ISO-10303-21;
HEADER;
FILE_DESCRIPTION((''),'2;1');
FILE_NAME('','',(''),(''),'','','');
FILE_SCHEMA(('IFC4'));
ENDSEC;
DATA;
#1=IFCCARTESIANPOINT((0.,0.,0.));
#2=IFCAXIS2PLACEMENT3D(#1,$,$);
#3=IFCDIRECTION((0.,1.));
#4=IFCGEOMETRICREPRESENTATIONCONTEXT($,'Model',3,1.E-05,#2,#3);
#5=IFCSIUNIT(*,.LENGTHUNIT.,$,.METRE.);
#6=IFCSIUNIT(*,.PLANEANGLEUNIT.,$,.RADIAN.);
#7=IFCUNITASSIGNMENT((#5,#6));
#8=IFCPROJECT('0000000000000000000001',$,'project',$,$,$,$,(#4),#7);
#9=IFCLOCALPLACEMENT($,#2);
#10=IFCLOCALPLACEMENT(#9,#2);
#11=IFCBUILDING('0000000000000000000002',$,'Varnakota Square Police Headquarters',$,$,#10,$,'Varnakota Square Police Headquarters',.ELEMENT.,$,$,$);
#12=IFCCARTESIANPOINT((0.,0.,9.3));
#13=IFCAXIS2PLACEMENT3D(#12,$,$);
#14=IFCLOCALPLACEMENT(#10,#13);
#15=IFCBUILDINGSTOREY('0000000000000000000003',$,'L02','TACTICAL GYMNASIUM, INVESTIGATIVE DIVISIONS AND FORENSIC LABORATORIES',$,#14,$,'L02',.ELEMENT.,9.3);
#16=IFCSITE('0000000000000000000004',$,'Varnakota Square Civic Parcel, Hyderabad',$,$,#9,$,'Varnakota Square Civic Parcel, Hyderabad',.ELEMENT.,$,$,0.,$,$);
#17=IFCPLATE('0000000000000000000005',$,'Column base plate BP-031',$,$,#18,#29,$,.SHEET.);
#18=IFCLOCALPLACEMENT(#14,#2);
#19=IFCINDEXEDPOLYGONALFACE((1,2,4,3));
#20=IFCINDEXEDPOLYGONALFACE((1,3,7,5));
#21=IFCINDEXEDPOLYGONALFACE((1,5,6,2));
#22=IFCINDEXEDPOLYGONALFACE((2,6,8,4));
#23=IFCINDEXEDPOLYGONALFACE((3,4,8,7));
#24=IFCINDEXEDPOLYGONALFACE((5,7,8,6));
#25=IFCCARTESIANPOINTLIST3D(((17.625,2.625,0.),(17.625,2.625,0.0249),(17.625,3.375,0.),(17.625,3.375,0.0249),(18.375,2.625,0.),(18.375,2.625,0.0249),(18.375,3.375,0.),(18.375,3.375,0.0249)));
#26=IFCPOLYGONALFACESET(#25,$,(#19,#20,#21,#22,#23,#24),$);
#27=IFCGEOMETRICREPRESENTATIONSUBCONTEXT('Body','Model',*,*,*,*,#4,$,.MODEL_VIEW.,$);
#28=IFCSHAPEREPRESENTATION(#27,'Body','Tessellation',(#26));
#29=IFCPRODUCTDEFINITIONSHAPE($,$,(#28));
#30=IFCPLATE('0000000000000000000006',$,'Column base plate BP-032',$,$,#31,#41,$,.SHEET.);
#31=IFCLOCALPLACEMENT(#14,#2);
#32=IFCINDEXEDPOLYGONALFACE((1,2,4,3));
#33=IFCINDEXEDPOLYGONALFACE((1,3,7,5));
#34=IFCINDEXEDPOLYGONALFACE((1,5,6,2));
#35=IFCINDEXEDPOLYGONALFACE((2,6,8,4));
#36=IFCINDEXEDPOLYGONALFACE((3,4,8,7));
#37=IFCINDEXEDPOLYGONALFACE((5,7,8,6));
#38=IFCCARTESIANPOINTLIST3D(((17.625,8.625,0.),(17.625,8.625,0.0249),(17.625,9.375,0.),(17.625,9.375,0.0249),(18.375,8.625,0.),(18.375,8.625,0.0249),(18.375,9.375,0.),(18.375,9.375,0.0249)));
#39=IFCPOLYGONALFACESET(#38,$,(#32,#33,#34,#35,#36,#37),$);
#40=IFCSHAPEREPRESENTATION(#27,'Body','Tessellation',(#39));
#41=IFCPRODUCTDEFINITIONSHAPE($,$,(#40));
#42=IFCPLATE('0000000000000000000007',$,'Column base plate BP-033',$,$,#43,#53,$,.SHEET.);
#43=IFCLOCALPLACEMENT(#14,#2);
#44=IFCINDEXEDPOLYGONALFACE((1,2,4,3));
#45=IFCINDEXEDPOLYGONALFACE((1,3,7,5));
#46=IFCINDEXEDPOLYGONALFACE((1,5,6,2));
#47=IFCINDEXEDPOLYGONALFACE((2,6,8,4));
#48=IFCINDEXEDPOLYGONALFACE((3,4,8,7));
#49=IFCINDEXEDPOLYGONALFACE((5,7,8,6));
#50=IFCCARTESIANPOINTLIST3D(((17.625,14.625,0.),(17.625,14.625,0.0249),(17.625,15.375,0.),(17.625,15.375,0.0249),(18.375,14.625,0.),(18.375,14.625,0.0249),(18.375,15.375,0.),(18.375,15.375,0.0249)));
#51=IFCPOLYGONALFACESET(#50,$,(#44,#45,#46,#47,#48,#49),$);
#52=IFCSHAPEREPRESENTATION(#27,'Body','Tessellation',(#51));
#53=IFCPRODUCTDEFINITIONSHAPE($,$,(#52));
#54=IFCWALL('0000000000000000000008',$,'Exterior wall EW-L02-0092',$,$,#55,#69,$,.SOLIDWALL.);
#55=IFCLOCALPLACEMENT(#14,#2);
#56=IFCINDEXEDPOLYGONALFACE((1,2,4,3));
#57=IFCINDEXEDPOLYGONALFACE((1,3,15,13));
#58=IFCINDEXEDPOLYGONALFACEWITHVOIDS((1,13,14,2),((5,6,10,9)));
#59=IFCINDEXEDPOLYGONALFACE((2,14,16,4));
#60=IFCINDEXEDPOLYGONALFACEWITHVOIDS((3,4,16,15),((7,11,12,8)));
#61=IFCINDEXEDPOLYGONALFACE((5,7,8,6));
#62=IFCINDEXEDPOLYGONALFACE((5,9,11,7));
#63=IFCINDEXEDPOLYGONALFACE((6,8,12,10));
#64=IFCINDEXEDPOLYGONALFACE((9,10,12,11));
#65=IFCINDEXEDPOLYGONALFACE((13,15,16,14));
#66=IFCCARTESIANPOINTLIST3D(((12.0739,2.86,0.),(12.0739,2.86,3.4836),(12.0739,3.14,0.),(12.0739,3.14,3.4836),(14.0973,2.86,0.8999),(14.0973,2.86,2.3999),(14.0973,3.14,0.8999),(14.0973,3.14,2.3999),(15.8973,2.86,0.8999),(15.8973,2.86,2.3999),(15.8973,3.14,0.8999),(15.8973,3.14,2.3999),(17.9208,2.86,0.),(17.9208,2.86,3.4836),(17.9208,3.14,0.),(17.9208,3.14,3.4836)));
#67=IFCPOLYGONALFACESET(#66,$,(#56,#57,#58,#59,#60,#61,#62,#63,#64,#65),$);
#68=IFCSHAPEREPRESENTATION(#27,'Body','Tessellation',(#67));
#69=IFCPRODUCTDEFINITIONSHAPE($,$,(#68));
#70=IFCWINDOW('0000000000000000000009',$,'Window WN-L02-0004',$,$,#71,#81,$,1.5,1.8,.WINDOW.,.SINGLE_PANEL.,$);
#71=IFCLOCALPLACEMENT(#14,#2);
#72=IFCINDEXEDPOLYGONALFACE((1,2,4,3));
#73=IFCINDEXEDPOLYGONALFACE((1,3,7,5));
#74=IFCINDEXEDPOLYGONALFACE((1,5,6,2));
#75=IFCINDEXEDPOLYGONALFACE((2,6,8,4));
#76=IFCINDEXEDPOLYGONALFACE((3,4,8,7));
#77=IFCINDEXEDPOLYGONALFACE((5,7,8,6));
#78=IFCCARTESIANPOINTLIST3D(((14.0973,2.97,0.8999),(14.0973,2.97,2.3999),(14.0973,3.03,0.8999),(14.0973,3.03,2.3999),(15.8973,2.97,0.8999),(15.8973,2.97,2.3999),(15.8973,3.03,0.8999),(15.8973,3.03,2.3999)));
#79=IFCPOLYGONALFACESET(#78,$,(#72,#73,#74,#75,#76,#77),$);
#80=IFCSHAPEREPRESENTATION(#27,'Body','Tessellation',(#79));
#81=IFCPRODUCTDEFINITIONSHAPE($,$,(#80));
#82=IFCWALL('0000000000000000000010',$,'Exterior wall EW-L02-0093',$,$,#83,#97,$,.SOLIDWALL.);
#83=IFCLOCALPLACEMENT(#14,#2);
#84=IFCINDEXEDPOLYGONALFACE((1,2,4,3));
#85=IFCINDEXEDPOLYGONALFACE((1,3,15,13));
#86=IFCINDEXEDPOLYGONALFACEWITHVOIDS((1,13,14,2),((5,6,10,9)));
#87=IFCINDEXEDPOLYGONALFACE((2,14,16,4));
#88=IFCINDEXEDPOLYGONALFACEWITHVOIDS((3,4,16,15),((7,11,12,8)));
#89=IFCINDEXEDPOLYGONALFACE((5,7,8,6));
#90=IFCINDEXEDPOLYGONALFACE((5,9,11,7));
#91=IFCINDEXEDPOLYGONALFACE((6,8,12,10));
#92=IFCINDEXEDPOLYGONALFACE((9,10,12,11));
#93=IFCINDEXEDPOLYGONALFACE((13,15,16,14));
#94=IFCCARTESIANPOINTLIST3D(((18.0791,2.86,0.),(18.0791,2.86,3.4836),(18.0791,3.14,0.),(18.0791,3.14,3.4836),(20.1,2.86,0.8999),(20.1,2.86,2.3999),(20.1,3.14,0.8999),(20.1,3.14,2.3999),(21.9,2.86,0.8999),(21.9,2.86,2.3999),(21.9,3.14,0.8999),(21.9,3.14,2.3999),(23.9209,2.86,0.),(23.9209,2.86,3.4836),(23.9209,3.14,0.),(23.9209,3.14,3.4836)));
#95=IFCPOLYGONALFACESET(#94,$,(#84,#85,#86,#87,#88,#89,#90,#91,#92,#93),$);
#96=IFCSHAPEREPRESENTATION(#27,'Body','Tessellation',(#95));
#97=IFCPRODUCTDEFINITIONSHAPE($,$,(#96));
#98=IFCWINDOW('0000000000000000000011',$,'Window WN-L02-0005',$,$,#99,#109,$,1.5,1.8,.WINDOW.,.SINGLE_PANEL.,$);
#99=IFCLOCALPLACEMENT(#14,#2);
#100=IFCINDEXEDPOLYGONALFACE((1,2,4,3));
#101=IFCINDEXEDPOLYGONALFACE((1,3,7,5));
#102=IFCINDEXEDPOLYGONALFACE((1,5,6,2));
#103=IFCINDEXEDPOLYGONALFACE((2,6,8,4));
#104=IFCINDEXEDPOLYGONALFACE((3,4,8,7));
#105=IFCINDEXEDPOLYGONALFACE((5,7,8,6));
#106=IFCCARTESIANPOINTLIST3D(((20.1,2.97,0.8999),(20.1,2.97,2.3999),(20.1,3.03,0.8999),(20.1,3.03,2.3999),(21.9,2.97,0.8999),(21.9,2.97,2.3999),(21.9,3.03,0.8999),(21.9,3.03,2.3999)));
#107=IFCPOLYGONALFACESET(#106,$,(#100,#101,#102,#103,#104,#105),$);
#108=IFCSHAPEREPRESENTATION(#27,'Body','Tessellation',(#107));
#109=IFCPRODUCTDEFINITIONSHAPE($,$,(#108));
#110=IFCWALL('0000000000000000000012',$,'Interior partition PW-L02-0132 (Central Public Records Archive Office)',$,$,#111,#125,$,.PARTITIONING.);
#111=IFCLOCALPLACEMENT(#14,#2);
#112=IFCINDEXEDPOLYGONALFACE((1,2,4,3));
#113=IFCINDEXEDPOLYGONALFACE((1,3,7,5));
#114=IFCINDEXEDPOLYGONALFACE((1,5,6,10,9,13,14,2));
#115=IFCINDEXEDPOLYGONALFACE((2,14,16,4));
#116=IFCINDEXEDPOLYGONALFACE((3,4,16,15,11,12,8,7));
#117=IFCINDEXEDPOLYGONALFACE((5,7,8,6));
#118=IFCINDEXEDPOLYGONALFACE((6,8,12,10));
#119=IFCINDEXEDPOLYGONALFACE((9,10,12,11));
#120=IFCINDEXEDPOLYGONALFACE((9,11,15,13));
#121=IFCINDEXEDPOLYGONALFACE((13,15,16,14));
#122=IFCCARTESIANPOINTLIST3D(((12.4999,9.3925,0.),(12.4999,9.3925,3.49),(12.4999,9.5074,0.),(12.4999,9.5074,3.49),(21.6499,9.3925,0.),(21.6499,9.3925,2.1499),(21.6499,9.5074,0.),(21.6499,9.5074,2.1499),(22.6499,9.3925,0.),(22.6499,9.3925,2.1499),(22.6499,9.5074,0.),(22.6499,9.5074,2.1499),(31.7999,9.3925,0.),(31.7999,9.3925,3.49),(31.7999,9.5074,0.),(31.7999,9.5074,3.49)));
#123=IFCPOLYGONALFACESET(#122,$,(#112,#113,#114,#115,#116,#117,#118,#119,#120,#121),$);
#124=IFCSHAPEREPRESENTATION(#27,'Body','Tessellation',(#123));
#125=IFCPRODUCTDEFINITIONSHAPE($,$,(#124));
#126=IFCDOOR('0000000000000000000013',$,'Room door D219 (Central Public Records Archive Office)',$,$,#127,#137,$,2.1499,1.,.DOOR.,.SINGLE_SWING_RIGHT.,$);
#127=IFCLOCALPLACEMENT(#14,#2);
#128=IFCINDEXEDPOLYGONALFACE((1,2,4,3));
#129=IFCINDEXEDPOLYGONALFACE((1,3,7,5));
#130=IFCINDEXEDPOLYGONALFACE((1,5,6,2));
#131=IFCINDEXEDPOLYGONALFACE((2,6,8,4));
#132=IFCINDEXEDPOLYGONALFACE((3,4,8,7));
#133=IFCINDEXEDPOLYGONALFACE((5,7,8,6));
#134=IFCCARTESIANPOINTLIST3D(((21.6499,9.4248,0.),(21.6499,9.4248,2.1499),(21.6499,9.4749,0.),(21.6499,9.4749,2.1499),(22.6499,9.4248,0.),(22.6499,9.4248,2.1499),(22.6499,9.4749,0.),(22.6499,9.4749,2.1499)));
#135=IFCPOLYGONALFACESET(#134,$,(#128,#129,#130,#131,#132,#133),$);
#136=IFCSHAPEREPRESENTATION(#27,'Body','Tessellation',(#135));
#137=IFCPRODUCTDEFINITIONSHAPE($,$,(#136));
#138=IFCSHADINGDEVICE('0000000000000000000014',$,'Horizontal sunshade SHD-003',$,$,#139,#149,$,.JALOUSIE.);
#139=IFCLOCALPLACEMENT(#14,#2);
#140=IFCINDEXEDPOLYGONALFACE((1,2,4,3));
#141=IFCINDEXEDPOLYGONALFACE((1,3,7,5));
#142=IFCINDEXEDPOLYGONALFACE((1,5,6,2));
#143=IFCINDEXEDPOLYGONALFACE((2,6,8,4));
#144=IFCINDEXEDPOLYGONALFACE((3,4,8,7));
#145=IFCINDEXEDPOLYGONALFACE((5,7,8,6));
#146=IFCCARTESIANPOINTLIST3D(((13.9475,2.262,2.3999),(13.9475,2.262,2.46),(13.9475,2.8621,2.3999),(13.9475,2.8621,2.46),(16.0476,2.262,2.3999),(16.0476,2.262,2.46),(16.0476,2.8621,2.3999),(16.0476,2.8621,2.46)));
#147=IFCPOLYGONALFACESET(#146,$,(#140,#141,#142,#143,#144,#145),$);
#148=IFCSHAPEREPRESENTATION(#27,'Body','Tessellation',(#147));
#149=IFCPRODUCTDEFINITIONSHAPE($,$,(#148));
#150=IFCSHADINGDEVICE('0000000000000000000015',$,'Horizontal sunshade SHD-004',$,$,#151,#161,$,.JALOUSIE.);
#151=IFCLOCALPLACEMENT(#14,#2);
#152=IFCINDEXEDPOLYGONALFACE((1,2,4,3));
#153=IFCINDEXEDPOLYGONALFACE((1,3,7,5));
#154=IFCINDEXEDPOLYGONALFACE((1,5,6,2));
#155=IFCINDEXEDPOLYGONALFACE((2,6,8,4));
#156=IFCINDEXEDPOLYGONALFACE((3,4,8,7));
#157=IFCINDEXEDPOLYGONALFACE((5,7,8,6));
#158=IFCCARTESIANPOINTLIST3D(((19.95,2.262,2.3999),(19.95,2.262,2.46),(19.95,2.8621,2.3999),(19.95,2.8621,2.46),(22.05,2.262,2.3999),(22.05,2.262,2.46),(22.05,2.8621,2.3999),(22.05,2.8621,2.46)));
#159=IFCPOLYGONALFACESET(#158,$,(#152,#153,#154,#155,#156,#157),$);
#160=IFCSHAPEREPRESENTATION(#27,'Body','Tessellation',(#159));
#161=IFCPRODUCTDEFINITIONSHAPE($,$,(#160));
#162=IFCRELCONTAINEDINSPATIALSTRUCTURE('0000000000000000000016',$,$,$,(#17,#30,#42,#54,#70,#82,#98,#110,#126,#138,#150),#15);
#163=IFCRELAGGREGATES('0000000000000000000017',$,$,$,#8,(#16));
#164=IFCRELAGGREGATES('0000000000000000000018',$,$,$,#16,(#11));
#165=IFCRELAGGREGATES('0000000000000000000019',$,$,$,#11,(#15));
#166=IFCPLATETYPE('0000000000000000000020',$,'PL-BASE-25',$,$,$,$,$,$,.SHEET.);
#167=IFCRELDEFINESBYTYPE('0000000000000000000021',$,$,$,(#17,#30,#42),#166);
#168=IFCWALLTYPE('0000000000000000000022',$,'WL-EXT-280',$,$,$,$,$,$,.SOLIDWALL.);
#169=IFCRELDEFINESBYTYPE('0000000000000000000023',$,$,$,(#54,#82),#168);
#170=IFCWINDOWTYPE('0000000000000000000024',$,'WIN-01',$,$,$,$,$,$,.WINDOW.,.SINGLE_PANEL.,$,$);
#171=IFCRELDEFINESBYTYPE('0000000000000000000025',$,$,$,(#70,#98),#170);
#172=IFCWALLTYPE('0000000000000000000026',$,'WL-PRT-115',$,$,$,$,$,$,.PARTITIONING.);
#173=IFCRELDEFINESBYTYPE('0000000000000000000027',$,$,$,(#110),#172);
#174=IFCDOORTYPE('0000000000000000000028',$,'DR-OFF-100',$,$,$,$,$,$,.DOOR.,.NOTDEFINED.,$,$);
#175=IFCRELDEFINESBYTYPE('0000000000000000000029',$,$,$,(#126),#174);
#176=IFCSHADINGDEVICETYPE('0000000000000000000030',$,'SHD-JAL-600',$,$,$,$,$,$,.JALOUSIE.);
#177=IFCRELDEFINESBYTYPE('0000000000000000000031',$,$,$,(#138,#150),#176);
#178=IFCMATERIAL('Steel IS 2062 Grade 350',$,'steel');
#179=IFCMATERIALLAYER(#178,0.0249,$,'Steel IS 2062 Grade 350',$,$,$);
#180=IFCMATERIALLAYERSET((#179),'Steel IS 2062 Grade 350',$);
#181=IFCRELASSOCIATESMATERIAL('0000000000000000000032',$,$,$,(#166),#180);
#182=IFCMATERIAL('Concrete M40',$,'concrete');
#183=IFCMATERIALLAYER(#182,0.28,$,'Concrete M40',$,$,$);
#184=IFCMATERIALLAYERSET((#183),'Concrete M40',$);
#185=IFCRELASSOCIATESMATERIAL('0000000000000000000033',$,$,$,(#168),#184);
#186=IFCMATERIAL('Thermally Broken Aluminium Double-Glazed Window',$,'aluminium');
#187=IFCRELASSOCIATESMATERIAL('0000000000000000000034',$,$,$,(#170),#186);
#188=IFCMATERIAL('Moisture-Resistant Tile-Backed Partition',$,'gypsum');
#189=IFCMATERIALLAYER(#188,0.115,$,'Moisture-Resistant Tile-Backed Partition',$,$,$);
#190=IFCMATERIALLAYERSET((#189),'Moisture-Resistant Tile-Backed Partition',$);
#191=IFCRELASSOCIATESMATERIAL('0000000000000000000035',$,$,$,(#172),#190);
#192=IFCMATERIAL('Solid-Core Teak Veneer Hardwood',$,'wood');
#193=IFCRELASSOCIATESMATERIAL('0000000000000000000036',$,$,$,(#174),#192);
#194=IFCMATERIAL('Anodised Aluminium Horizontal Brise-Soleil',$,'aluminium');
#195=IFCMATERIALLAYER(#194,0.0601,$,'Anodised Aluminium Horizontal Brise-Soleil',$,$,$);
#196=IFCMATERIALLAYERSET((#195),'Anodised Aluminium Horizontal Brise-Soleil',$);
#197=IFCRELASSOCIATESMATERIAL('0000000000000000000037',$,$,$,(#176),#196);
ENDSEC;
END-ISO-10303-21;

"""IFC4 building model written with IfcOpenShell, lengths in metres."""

from ifc_helpers import new_model, si_unit, direction, frame, frame_2d, origin, origin_2d, place, context, subcontext, project, spatial, rectangle, extrude, material, layer, layer_set, type_object, element, fill, save


model = new_model("IFC4")

# Units and contexts
model_context = context("Model", 3, precision=1e-05, world=origin(), true_north=direction((0.0, 1.0)))
body_context = subcontext(model_context, "Body", "Model", "MODEL_VIEW")
ifc_project = project(units=[si_unit("LENGTHUNIT", "METRE"), si_unit("PLANEANGLEUNIT", "RADIAN")], contexts=[model_context])

# Site, building, storey
site_placement = place(None, origin())
site = spatial("IfcSite", under=ifc_project, at=site_placement, Name="Varnakota Square Civic Parcel, Hyderabad", LongName="Varnakota Square Civic Parcel, Hyderabad", CompositionType="ELEMENT", RefElevation=0.0)
building_placement = place(site_placement, origin())
building = spatial("IfcBuilding", under=site, at=building_placement, Name="Varnakota Square Police Headquarters", LongName="Varnakota Square Police Headquarters", CompositionType="ELEMENT")
storey_placement = place(building_placement, frame((0.0, 0.0, 9.3)))
storey = spatial("IfcBuildingStorey", under=building, at=storey_placement, Name="L02", Description="TACTICAL GYMNASIUM, INVESTIGATIVE DIVISIONS AND FORENSIC LABORATORIES", LongName="L02", CompositionType="ELEMENT", Elevation=9.3)

# Shared definitions
ifc_material_1 = material(Name="Steel IS 2062 Grade 350", Category="steel")

# Plates
ifc_layer_1 = layer(ifc_material_1, 0.0249, Name="Steel IS 2062 Grade 350")
ifc_layer_set_1 = layer_set([ifc_layer_1], Name="Steel IS 2062 Grade 350")
plate_type = type_object("IfcPlateType", Name="PL-BASE-25", PredefinedType="SHEET", material=ifc_layer_set_1)
for number, where, z_axis, x_axis, name in (
    (1, (18.0, 3.0, 0.0), (0.0, 0.0, 1.0), (1.0, 0.0, 0.0), "Column base plate BP-031"),
    (2, (18.0, 9.0, 0.0), (0.0, 0.0, 1.0), (1.0, 0.0, 0.0), "Column base plate BP-032"),
    (3, (18.0, 15.0, 0.0), (0.0, 0.0, 1.0), (1.0, 0.0, 0.0), "Column base plate BP-033"),
):
    element("IfcPlate", number, at=place(storey_placement, frame(where, z_axis=z_axis, x_axis=x_axis)), inside=storey, type_object=plate_type, Name=name, PredefinedType="SHEET", context=body_context, shape_type="SweptSolid", body=[
        extrude(rectangle(XDim=0.75, YDim=0.75, at=origin_2d()), origin(), (0.0, 0.0, 1.0), 0.0249),
    ])

# Walls, openings, windows
ifc_material_2 = material(Name="Concrete M40", Category="concrete")
ifc_layer_2 = layer(ifc_material_2, 0.28, Name="Concrete M40")
ifc_layer_set_2 = layer_set([ifc_layer_2], Name="Concrete M40")
wall_type_1 = type_object("IfcWallType", Name="WL-EXT-280", PredefinedType="SOLIDWALL", material=ifc_layer_set_2)
wall_1_placement = place(storey_placement, frame((12.074, 3.0, 0.0), z_axis=(0.0, 0.0, 1.0), x_axis=(1.0, 0.0, 0.0)))
wall_1 = element("IfcWall", 4, at=wall_1_placement, inside=storey, type_object=wall_type_1, Name="Exterior wall EW-L02-0092", PredefinedType="SOLIDWALL", context=body_context, shape_type="SweptSolid", body=[
    extrude(rectangle(XDim=5.8469, YDim=0.28, at=frame_2d((2.9233, 0.0))), origin(), (0.0, 0.0, 1.0), 3.4836),
])
opening_1_placement = place(wall_1_placement, frame((2.0234, 0.0, 0.8999)))
opening_1 = element("IfcOpeningElement", 5, at=opening_1_placement, cuts=wall_1, PredefinedType="OPENING", context=body_context, shape_type="SweptSolid", body=[
    extrude(rectangle(XDim=1.8, YDim=1.5, at=frame_2d((0.8999, 0.75))), frame((0.0, 0.1499, 0.0), z_axis=(0.0, -1.0, 0.0), x_axis=(1.0, 0.0, 0.0)), (0.0, 0.0, 1.0), 0.3),
])
ifc_material_3 = material(Name="Thermally Broken Aluminium Double-Glazed Window", Category="aluminium")
window_type = type_object("IfcWindowType", Name="WIN-01", PartitioningType="SINGLE_PANEL", PredefinedType="WINDOW", material=ifc_material_3)
window_1_placement = place(opening_1_placement, origin())
window_1 = element("IfcWindow", 6, at=window_1_placement, inside=storey, type_object=window_type, Name="Window WN-L02-0004", OverallHeight=1.5, OverallWidth=1.8, PartitioningType="SINGLE_PANEL", PredefinedType="WINDOW", context=body_context, shape_type="SweptSolid", body=[
    extrude(rectangle(XDim=1.8, YDim=1.5, at=frame_2d((0.8999, 0.75))), frame((0.0, 0.03, 0.0), z_axis=(0.0, -1.0, 0.0), x_axis=(1.0, 0.0, 0.0)), (0.0, 0.0, 1.0), 0.0601),
])
fill(opening_1, window_1)
wall_2_placement = place(storey_placement, frame((18.0791, 3.0, 0.0), z_axis=(0.0, 0.0, 1.0), x_axis=(1.0, 0.0, 0.0)))
wall_2 = element("IfcWall", 7, at=wall_2_placement, inside=storey, type_object=wall_type_1, Name="Exterior wall EW-L02-0093", PredefinedType="SOLIDWALL", context=body_context, shape_type="SweptSolid", body=[
    extrude(rectangle(XDim=5.8418, YDim=0.28, at=frame_2d((2.9209, 0.0))), origin(), (0.0, 0.0, 1.0), 3.4836),
])
opening_2_placement = place(wall_2_placement, frame((2.021, 0.0, 0.8999)))
opening_2 = element("IfcOpeningElement", 8, at=opening_2_placement, cuts=wall_2, PredefinedType="OPENING", context=body_context, shape_type="SweptSolid", body=[
    extrude(rectangle(XDim=1.8, YDim=1.5, at=frame_2d((0.8999, 0.75))), frame((0.0, 0.1499, 0.0), z_axis=(0.0, -1.0, 0.0), x_axis=(1.0, 0.0, 0.0)), (0.0, 0.0, 1.0), 0.3),
])
window_2_placement = place(opening_2_placement, origin())
window_2 = element("IfcWindow", 9, at=window_2_placement, inside=storey, type_object=window_type, Name="Window WN-L02-0005", OverallHeight=1.5, OverallWidth=1.8, PartitioningType="SINGLE_PANEL", PredefinedType="WINDOW", context=body_context, shape_type="SweptSolid", body=[
    extrude(rectangle(XDim=1.8, YDim=1.5, at=frame_2d((0.8999, 0.75))), frame((0.0, 0.03, 0.0), z_axis=(0.0, -1.0, 0.0), x_axis=(1.0, 0.0, 0.0)), (0.0, 0.0, 1.0), 0.0601),
])
fill(opening_2, window_2)

# Wall, opening, door
ifc_material_4 = material(Name="Moisture-Resistant Tile-Backed Partition", Category="gypsum")
ifc_layer_3 = layer(ifc_material_4, 0.115, Name="Moisture-Resistant Tile-Backed Partition")
ifc_layer_set_3 = layer_set([ifc_layer_3], Name="Moisture-Resistant Tile-Backed Partition")
wall_type_2 = type_object("IfcWallType", Name="WL-PRT-115", PredefinedType="PARTITIONING", material=ifc_layer_set_3)
wall_3_placement = place(storey_placement, frame((12.5, 9.45, 0.0), z_axis=(0.0, 0.0, 1.0), x_axis=(1.0, 0.0, 0.0)))
wall_3 = element("IfcWall", 10, at=wall_3_placement, inside=storey, type_object=wall_type_2, Name="Interior partition PW-L02-0132 (Central Public Records Archive Office)", PredefinedType="PARTITIONING", context=body_context, shape_type="SweptSolid", body=[
    extrude(rectangle(XDim=19.3, YDim=0.115, at=frame_2d((9.6499, 0.0))), origin(), (0.0, 0.0, 1.0), 3.49),
])
opening_3_placement = place(wall_3_placement, frame((9.1499, 0.0, 0.0)))
opening_3 = element("IfcOpeningElement", 11, at=opening_3_placement, cuts=wall_3, PredefinedType="OPENING", context=body_context, shape_type="SweptSolid", body=[
    extrude(rectangle(XDim=1.0, YDim=2.1499, at=frame_2d((0.5, 1.075))), frame((0.0, 0.0674, 0.0), z_axis=(0.0, -1.0, 0.0), x_axis=(1.0, 0.0, 0.0)), (0.0, 0.0, 1.0), 0.135),
])
ifc_material_5 = material(Name="Solid-Core Teak Veneer Hardwood", Category="wood")
door_type = type_object("IfcDoorType", Name="DR-OFF-100", OperationType="NOTDEFINED", PredefinedType="DOOR", material=ifc_material_5)
door_placement = place(opening_3_placement, origin())
door = element("IfcDoor", 12, at=door_placement, inside=storey, type_object=door_type, Name="Room door D219 (Central Public Records Archive Office)", OperationType="SINGLE_SWING_RIGHT", OverallHeight=2.1499, OverallWidth=1.0, PredefinedType="DOOR", context=body_context, shape_type="SweptSolid", body=[
    extrude(rectangle(XDim=1.0, YDim=2.1499, at=frame_2d((0.5, 1.075))), frame((0.0, 0.0249, 0.0), z_axis=(0.0, -1.0, 0.0), x_axis=(1.0, 0.0, 0.0)), (0.0, 0.0, 1.0), 0.05),
])
fill(opening_3, door)

# Shading devices
ifc_material_6 = material(Name="Anodised Aluminium Horizontal Brise-Soleil", Category="aluminium")
ifc_layer_4 = layer(ifc_material_6, 0.0601, Name="Anodised Aluminium Horizontal Brise-Soleil")
ifc_layer_set_4 = layer_set([ifc_layer_4], Name="Anodised Aluminium Horizontal Brise-Soleil")
shading_device_type = type_object("IfcShadingDeviceType", Name="SHD-JAL-600", PredefinedType="JALOUSIE", material=ifc_layer_set_4)
for number, where, z_axis, x_axis, name in (
    (13, (14.9976, 2.562, 2.3999), (0.0, 0.0, 1.0), (1.0, 0.0, 0.0), "Horizontal sunshade SHD-003"),
    (14, (21.0, 2.562, 2.3999), (0.0, 0.0, 1.0), (1.0, 0.0, 0.0), "Horizontal sunshade SHD-004"),
):
    element("IfcShadingDevice", number, at=place(storey_placement, frame(where, z_axis=z_axis, x_axis=x_axis)), inside=storey, type_object=shading_device_type, Name=name, PredefinedType="JALOUSIE", context=body_context, shape_type="SweptSolid", body=[
        extrude(rectangle(XDim=2.1001, YDim=0.6001, at=origin_2d()), origin(), (0.0, 0.0, 1.0), 0.0601),
    ])

save(model, "model.ifc")
